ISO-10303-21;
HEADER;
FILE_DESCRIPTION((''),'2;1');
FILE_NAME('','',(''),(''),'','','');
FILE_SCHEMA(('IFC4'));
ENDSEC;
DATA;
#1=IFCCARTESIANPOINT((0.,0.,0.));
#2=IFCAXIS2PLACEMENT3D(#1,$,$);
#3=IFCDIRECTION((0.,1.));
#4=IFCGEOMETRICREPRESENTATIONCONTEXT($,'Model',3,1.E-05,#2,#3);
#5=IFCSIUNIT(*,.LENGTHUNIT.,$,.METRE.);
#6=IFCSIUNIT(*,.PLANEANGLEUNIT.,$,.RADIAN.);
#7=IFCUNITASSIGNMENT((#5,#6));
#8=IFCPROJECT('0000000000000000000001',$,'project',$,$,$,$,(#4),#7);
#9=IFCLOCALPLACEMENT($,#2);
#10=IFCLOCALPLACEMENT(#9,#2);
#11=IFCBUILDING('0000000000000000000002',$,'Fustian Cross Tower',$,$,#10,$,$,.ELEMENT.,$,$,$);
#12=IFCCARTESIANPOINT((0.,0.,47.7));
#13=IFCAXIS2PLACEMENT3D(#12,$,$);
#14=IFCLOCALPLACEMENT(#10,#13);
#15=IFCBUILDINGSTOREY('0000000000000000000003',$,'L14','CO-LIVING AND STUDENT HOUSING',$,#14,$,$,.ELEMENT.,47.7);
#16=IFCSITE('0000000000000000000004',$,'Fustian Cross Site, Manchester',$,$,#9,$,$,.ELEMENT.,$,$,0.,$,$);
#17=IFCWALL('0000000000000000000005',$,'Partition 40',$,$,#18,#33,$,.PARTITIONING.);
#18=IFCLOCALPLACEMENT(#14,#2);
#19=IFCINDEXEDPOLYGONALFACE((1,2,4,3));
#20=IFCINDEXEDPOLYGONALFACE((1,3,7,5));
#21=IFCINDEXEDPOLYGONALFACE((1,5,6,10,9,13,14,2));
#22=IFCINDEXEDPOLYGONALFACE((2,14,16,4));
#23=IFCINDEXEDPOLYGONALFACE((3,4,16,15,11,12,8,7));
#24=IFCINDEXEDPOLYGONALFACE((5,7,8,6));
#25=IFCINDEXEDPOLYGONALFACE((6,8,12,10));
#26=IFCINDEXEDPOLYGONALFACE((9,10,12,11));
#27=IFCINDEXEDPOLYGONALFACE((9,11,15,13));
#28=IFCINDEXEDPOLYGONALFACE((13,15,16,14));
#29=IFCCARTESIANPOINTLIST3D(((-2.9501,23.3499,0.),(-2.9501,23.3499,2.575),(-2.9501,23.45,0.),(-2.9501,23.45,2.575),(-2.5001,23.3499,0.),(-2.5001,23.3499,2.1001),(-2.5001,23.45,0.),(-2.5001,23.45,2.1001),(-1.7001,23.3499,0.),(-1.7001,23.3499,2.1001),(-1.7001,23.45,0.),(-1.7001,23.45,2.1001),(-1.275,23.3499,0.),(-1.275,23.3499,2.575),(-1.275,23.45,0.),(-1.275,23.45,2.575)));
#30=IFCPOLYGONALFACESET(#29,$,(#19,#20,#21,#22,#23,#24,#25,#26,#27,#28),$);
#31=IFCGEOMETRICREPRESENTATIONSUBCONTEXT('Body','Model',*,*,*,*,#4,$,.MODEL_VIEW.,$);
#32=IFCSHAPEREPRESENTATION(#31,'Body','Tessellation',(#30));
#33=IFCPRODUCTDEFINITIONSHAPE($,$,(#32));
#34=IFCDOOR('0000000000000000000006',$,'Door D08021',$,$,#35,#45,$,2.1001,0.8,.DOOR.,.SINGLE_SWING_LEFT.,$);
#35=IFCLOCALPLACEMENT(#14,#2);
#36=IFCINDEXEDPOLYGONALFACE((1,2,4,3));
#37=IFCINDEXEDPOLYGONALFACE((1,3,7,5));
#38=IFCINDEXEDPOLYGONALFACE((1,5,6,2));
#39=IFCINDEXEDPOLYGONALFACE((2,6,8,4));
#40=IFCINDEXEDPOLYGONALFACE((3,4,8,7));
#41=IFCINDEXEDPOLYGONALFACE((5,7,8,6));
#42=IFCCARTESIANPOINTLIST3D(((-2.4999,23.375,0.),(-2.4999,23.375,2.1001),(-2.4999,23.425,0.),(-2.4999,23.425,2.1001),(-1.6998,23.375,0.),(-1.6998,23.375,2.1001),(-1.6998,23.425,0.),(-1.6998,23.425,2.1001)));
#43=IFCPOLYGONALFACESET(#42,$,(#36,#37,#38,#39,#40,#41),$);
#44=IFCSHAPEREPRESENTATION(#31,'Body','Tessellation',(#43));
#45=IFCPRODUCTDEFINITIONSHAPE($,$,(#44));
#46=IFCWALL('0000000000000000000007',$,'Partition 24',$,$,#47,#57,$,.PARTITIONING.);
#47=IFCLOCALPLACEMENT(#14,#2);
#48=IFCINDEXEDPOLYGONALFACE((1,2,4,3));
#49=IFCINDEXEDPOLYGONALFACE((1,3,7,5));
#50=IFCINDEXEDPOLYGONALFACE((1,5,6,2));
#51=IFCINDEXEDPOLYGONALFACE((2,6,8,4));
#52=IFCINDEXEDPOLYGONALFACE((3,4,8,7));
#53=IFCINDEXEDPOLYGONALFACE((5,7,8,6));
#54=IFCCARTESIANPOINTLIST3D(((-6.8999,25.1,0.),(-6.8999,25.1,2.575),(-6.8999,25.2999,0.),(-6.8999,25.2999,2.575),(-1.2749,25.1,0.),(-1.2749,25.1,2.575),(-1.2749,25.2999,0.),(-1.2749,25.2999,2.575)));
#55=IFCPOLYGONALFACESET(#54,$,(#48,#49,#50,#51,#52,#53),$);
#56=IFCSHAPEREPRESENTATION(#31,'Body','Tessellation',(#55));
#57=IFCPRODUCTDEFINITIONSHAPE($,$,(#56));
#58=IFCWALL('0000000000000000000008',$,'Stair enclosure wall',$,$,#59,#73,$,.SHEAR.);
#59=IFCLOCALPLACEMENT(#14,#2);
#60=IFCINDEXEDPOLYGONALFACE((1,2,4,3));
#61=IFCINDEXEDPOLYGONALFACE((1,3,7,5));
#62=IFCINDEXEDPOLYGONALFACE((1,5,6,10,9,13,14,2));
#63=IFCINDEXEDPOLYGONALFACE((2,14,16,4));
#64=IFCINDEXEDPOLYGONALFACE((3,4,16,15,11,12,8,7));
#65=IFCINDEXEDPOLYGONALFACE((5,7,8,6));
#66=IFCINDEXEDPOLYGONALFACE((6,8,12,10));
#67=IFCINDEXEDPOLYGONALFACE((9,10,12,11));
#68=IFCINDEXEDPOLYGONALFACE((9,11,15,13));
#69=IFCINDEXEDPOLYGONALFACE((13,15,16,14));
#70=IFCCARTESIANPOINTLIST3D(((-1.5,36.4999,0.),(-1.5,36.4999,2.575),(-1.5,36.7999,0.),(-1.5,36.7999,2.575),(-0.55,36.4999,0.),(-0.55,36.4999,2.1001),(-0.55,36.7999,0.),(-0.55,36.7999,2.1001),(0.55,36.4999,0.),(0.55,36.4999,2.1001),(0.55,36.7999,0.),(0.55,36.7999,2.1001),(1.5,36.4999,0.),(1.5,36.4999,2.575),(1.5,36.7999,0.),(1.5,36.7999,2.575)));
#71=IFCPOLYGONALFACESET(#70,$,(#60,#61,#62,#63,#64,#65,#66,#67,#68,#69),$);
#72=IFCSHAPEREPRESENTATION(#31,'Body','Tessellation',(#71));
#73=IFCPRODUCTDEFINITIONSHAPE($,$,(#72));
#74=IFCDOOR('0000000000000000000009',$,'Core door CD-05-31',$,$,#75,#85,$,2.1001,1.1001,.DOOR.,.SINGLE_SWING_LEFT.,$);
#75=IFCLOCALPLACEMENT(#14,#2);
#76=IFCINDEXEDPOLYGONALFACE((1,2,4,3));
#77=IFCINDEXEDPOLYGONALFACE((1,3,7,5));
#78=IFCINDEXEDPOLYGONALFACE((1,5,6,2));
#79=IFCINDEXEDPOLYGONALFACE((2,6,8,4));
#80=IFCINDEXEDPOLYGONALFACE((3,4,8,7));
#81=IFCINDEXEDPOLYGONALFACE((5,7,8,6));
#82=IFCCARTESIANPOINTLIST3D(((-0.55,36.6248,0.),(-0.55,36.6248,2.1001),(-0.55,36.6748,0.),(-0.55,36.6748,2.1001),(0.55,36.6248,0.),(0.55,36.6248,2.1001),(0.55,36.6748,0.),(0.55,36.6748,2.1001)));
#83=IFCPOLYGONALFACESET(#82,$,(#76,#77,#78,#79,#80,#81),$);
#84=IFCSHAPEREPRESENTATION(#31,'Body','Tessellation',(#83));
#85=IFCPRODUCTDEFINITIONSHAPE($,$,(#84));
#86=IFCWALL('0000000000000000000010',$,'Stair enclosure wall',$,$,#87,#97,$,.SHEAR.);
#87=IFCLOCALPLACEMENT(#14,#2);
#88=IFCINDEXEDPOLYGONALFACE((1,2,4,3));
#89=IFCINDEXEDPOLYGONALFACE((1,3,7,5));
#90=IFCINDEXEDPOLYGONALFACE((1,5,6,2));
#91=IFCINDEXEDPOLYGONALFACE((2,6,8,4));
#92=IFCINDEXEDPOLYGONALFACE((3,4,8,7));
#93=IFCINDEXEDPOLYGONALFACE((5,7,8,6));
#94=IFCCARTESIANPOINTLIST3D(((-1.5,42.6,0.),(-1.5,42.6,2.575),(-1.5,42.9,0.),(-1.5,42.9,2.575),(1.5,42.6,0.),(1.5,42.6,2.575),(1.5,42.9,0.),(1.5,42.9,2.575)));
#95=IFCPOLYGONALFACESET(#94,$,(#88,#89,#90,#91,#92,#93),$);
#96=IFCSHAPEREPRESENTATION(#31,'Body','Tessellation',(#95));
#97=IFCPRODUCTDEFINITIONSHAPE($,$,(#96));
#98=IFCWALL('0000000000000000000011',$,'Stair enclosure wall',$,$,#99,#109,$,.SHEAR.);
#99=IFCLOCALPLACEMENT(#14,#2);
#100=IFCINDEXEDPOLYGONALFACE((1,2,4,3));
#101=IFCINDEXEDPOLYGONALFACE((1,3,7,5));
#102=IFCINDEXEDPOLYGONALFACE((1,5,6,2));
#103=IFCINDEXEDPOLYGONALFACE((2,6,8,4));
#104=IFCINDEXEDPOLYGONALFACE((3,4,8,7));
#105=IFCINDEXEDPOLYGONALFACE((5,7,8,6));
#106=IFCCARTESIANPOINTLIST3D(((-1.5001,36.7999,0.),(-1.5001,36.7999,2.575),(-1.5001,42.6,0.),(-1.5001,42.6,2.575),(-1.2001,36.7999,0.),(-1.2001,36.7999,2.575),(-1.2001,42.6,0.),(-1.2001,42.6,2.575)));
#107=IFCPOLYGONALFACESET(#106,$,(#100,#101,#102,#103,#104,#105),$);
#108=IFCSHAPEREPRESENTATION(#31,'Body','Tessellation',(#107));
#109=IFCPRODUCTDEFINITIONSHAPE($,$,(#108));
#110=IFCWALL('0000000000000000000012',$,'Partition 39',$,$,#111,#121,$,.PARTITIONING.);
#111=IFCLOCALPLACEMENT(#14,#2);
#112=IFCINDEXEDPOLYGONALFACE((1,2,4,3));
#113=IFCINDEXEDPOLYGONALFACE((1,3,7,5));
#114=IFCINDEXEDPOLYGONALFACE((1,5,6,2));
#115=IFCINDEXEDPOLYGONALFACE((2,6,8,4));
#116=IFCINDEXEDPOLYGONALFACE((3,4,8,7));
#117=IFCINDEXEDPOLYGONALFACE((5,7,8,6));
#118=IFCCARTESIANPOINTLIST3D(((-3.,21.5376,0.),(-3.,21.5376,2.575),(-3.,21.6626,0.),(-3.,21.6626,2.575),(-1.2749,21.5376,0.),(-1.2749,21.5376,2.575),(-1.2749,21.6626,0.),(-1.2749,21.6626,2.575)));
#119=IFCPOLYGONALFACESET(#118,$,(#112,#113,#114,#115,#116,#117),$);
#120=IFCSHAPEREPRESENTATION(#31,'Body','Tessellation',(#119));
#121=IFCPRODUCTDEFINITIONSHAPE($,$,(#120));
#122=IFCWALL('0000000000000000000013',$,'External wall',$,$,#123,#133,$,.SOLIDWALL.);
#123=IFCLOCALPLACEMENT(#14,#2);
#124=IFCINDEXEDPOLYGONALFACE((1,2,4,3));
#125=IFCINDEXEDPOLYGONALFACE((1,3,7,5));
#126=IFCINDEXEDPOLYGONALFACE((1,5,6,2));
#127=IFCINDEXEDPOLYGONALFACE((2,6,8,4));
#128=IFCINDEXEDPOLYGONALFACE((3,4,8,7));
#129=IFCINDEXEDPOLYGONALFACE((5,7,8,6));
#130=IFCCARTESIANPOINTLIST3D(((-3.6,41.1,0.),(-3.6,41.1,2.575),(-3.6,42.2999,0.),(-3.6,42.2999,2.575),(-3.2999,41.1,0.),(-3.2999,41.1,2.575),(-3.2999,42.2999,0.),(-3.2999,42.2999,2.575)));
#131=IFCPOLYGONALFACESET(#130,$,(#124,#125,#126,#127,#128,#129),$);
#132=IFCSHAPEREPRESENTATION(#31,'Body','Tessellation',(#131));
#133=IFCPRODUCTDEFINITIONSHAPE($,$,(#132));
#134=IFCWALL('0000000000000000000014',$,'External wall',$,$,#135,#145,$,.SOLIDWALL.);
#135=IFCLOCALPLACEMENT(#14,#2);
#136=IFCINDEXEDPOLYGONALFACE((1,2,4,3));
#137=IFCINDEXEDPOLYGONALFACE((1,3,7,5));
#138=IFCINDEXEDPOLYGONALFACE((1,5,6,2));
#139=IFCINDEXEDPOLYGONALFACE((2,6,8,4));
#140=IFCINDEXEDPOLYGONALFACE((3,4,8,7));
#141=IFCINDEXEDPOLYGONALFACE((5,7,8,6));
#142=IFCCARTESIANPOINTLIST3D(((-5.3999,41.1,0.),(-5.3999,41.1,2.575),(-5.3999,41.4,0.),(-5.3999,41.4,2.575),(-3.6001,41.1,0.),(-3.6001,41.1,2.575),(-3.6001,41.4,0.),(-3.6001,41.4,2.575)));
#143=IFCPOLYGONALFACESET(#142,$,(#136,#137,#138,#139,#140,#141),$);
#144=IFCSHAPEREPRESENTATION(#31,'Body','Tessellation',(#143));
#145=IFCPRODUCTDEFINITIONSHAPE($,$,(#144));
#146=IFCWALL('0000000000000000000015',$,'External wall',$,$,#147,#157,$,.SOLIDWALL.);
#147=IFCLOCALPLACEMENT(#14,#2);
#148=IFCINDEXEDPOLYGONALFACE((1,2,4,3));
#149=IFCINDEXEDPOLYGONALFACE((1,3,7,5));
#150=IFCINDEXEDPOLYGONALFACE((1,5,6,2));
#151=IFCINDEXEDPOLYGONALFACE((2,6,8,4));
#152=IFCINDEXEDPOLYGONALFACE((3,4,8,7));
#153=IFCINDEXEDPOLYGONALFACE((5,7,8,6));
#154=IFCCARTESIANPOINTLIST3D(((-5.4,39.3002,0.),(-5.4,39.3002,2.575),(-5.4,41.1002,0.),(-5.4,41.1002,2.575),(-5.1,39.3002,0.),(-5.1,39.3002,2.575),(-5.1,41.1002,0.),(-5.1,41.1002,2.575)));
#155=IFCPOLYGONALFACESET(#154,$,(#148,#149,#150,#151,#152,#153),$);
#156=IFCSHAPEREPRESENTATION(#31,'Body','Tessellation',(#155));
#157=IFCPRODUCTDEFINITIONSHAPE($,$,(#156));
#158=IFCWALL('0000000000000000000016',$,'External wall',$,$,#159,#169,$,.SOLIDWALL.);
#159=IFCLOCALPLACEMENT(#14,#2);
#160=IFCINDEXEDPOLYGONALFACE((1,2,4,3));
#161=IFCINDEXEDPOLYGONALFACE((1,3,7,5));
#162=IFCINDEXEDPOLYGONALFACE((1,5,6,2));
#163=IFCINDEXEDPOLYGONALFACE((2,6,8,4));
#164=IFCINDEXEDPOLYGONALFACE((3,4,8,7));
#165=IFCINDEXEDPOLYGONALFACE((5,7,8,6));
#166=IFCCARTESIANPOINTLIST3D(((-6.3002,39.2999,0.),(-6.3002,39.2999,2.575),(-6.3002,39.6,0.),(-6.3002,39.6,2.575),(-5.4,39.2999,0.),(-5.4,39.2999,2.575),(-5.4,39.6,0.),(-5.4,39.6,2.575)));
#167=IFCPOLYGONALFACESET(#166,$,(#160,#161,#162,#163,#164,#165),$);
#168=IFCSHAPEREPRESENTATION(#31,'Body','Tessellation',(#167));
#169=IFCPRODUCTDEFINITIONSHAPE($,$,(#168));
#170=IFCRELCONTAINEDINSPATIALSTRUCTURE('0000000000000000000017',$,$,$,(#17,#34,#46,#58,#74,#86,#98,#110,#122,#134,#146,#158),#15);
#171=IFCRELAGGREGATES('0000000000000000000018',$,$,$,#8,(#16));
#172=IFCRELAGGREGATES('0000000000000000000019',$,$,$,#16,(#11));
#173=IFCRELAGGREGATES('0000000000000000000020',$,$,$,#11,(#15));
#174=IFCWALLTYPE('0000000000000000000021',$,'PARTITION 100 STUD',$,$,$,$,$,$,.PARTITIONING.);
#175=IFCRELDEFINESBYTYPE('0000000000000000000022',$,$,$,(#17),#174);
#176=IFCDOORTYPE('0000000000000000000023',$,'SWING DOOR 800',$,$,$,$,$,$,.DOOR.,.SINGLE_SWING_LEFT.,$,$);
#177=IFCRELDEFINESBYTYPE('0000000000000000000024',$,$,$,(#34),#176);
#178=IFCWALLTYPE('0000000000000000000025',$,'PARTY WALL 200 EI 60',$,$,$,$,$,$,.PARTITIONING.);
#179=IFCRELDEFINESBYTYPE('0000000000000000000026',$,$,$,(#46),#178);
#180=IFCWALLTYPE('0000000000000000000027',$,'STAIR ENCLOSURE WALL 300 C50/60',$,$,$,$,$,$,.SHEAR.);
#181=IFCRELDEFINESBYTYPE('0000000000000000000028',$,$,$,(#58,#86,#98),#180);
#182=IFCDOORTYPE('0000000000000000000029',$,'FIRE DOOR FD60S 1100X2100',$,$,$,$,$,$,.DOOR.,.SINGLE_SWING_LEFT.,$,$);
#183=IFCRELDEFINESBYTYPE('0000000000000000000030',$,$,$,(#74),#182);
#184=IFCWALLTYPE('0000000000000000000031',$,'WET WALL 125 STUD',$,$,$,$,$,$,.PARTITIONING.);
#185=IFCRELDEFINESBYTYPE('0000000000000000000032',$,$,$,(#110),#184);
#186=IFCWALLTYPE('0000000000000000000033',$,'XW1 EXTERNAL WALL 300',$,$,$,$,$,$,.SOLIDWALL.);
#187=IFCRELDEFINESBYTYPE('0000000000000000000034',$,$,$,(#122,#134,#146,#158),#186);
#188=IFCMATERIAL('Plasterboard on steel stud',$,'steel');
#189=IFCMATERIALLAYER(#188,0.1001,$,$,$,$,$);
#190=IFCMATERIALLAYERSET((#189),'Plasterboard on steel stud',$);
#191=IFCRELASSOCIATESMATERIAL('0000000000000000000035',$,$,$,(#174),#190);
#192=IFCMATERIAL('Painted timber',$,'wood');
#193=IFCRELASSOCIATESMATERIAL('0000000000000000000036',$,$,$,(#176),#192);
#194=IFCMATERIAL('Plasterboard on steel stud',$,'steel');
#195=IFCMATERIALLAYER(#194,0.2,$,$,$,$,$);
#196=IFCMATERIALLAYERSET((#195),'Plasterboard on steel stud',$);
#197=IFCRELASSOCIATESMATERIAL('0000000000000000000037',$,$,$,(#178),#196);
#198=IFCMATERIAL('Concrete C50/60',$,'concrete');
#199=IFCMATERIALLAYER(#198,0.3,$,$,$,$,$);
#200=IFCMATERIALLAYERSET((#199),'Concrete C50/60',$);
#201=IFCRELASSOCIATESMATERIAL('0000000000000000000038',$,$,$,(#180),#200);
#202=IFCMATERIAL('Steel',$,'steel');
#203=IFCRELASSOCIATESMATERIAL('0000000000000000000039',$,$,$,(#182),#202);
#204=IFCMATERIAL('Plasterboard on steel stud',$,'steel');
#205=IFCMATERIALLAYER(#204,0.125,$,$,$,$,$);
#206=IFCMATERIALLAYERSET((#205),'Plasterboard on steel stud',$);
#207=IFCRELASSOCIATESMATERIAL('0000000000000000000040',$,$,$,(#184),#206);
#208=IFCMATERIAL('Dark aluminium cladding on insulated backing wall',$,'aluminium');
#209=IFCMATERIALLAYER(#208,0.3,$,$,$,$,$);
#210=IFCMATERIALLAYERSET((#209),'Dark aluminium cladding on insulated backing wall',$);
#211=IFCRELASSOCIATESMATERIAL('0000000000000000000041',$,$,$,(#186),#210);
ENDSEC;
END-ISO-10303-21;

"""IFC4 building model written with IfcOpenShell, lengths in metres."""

from ifc_helpers import new_model, si_unit, direction, frame, frame_2d, origin, place, context, subcontext, project, spatial, rectangle, extrude, material, layer, layer_set, type_object, element, fill, save


model = new_model("IFC4")

# Units and contexts
model_context = context("Model", 3, precision=1e-05, world=origin(), true_north=direction((0.0, 1.0)))
body_context = subcontext(model_context, "Body", "Model", "MODEL_VIEW")
ifc_project = project(units=[si_unit("LENGTHUNIT", "METRE"), si_unit("PLANEANGLEUNIT", "RADIAN")], contexts=[model_context])

# Site, building, storey
site_placement = place(None, origin())
site = spatial("IfcSite", under=ifc_project, at=site_placement, Name="Fustian Cross Site, Manchester", CompositionType="ELEMENT", RefElevation=0.0)
building_placement = place(site_placement, origin())
building = spatial("IfcBuilding", under=site, at=building_placement, Name="Fustian Cross Tower", CompositionType="ELEMENT")
storey_placement = place(building_placement, frame((0.0, 0.0, 47.7)))
storey = spatial("IfcBuildingStorey", under=building, at=storey_placement, Name="L14", Description="CO-LIVING AND STUDENT HOUSING", CompositionType="ELEMENT", Elevation=47.7)

# Shared definitions
ifc_material_1 = material(Name="Plasterboard on steel stud", Category="steel")
ifc_layer_1 = layer(ifc_material_1, 0.1001)
ifc_layer_set_1 = layer_set([ifc_layer_1], Name="Plasterboard on steel stud")
wall_type_1 = type_object("IfcWallType", Name="PARTITION 100 STUD", PredefinedType="PARTITIONING", material=ifc_layer_set_1)

# Shared definitions
ifc_material_2 = material(Name="Painted timber", Category="wood")
door_type_1 = type_object("IfcDoorType", Name="SWING DOOR 800", OperationType="SINGLE_SWING_LEFT", PredefinedType="DOOR", material=ifc_material_2)

# Wall, opening, door
wall_1_placement = place(storey_placement, frame((-2.95, 23.3999, 0.0), z_axis=(0.0, 0.0, 1.0), x_axis=(1.0, 0.0, 0.0)))
wall_1 = element("IfcWall", 1, at=wall_1_placement, inside=storey, type_object=wall_type_1, Name="Partition 40", PredefinedType="PARTITIONING", context=body_context, shape_type="SweptSolid", body=[
    extrude(rectangle(XDim=1.675, YDim=0.1001, at=frame_2d((0.8374, 0.0))), origin(), (0.0, 0.0, 1.0), 2.575),
])
opening_1_placement = place(wall_1_placement, frame((0.45, 0.0, 0.0)))
opening_1 = element("IfcOpeningElement", 2, at=opening_1_placement, cuts=wall_1, PredefinedType="OPENING", context=body_context, shape_type="SweptSolid", body=[
    extrude(rectangle(XDim=0.8, YDim=2.1001, at=frame_2d((0.3999, 1.05))), frame((0.0, 0.0601, 0.0), z_axis=(0.0, -1.0, 0.0), x_axis=(1.0, 0.0, 0.0)), (0.0, 0.0, 1.0), 0.1201),
])
door_1_placement = place(opening_1_placement, frame((0.8, 0.0, 0.0), z_axis=(0.0, 0.0, 1.0), x_axis=(-1.0, 0.0, 0.0)))
door_1 = element("IfcDoor", 3, at=door_1_placement, inside=storey, type_object=door_type_1, Name="Door D08021", OperationType="SINGLE_SWING_LEFT", OverallHeight=2.1001, OverallWidth=0.8, PredefinedType="DOOR", context=body_context, shape_type="SweptSolid", body=[
    extrude(rectangle(XDim=0.8, YDim=2.1001, at=frame_2d((0.3999, 1.05))), frame((0.0, 0.0249, 0.0), z_axis=(0.0, -1.0, 0.0), x_axis=(1.0, 0.0, 0.0)), (0.0, 0.0, 1.0), 0.05),
])
fill(opening_1, door_1)

# Wall
ifc_material_3 = material(Name="Plasterboard on steel stud", Category="steel")
ifc_layer_2 = layer(ifc_material_3, 0.2)
ifc_layer_set_2 = layer_set([ifc_layer_2], Name="Plasterboard on steel stud")
wall_type_2 = type_object("IfcWallType", Name="PARTY WALL 200 EI 60", PredefinedType="PARTITIONING", material=ifc_layer_set_2)
wall_2_placement = place(storey_placement, frame((-6.8999, 25.2, 0.0), z_axis=(0.0, 0.0, 1.0), x_axis=(1.0, 0.0, 0.0)))
element("IfcWall", 4, at=wall_2_placement, inside=storey, type_object=wall_type_2, Name="Partition 24", PredefinedType="PARTITIONING", context=body_context, shape_type="SweptSolid", body=[
    extrude(rectangle(XDim=5.625, YDim=0.2, at=frame_2d((2.8125, 0.0))), origin(), (0.0, 0.0, 1.0), 2.575),
])

# Wall, opening, door
ifc_material_4 = material(Name="Concrete C50/60", Category="concrete")
ifc_layer_3 = layer(ifc_material_4, 0.3)
ifc_layer_set_3 = layer_set([ifc_layer_3], Name="Concrete C50/60")
wall_type_3 = type_object("IfcWallType", Name="STAIR ENCLOSURE WALL 300 C50/60", PredefinedType="SHEAR", material=ifc_layer_set_3)
wall_3_placement = place(storey_placement, frame((-1.5, 36.6499, 0.0), z_axis=(0.0, 0.0, 1.0), x_axis=(1.0, 0.0, 0.0)))
wall_3 = element("IfcWall", 5, at=wall_3_placement, inside=storey, type_object=wall_type_3, Name="Stair enclosure wall", PredefinedType="SHEAR", context=body_context, shape_type="SweptSolid", body=[
    extrude(rectangle(XDim=3.0, YDim=0.3, at=frame_2d((1.5, 0.0))), origin(), (0.0, 0.0, 1.0), 2.575),
])
opening_2_placement = place(wall_3_placement, frame((0.95, 0.0, 0.0)))
opening_2 = element("IfcOpeningElement", 6, at=opening_2_placement, cuts=wall_3, PredefinedType="OPENING", context=body_context, shape_type="SweptSolid", body=[
    extrude(rectangle(XDim=1.1001, YDim=2.1001, at=frame_2d((0.55, 1.05))), frame((0.0, 0.1599, 0.0), z_axis=(0.0, -1.0, 0.0), x_axis=(1.0, 0.0, 0.0)), (0.0, 0.0, 1.0), 0.3201),
])
ifc_material_5 = material(Name="Steel", Category="steel")
door_type_2 = type_object("IfcDoorType", Name="FIRE DOOR FD60S 1100X2100", OperationType="SINGLE_SWING_LEFT", PredefinedType="DOOR", material=ifc_material_5)
door_2_placement = place(opening_2_placement, origin())
door_2 = element("IfcDoor", 7, at=door_2_placement, inside=storey, type_object=door_type_2, Name="Core door CD-05-31", OperationType="SINGLE_SWING_LEFT", OverallHeight=2.1001, OverallWidth=1.1001, PredefinedType="DOOR", context=body_context, shape_type="SweptSolid", body=[
    extrude(rectangle(XDim=1.1001, YDim=2.1001, at=frame_2d((0.55, 1.05))), frame((0.0, 0.0249, 0.0), z_axis=(0.0, -1.0, 0.0), x_axis=(1.0, 0.0, 0.0)), (0.0, 0.0, 1.0), 0.05),
])
fill(opening_2, door_2)

# Walls
wall_4_placement = place(storey_placement, frame((-1.5, 42.75, 0.0), z_axis=(0.0, 0.0, 1.0), x_axis=(1.0, 0.0, 0.0)))
element("IfcWall", 8, at=wall_4_placement, inside=storey, type_object=wall_type_3, Name="Stair enclosure wall", PredefinedType="SHEAR", context=body_context, shape_type="SweptSolid", body=[
    extrude(rectangle(XDim=3.0, YDim=0.3, at=frame_2d((1.5, 0.0))), origin(), (0.0, 0.0, 1.0), 2.575),
])
wall_5_placement = place(storey_placement, frame((-1.3501, 36.8, 0.0), z_axis=(0.0, 0.0, 1.0), x_axis=(0.0, 1.0, 0.0)))
element("IfcWall", 9, at=wall_5_placement, inside=storey, type_object=wall_type_3, Name="Stair enclosure wall", PredefinedType="SHEAR", context=body_context, shape_type="SweptSolid", body=[
    extrude(rectangle(XDim=5.8, YDim=0.3, at=frame_2d((2.8999, 0.0))), origin(), (0.0, 0.0, 1.0), 2.575),
])
ifc_material_6 = material(Name="Plasterboard on steel stud", Category="steel")
ifc_layer_4 = layer(ifc_material_6, 0.125)
ifc_layer_set_4 = layer_set([ifc_layer_4], Name="Plasterboard on steel stud")
wall_type_4 = type_object("IfcWallType", Name="WET WALL 125 STUD", PredefinedType="PARTITIONING", material=ifc_layer_set_4)
wall_6_placement = place(storey_placement, frame((-3.0, 21.6001, 0.0), z_axis=(0.0, 0.0, 1.0), x_axis=(1.0, 0.0, 0.0)))
element("IfcWall", 10, at=wall_6_placement, inside=storey, type_object=wall_type_4, Name="Partition 39", PredefinedType="PARTITIONING", context=body_context, shape_type="SweptSolid", body=[
    extrude(rectangle(XDim=1.7251, YDim=0.125, at=frame_2d((0.8625, 0.0))), origin(), (0.0, 0.0, 1.0), 2.575),
])
ifc_material_7 = material(Name="Dark aluminium cladding on insulated backing wall", Category="aluminium")
ifc_layer_5 = layer(ifc_material_7, 0.3)
ifc_layer_set_5 = layer_set([ifc_layer_5], Name="Dark aluminium cladding on insulated backing wall")
wall_type_5 = type_object("IfcWallType", Name="XW1 EXTERNAL WALL 300", PredefinedType="SOLIDWALL", material=ifc_layer_set_5)
wall_7_placement = place(storey_placement, frame((-3.45, 42.3, 0.0), z_axis=(0.0, 0.0, 1.0), x_axis=(0.0, -1.0, 0.0)))
element("IfcWall", 11, at=wall_7_placement, inside=storey, type_object=wall_type_5, Name="External wall", PredefinedType="SOLIDWALL", context=body_context, shape_type="SweptSolid", body=[
    extrude(rectangle(XDim=1.2, YDim=0.3, at=frame_2d((0.6001, 0.0))), origin(), (0.0, 0.0, 1.0), 2.575),
])
wall_8_placement = place(storey_placement, frame((-3.6001, 41.25, 0.0), z_axis=(0.0, 0.0, 1.0), x_axis=(-1.0, 0.0, 0.0)))
element("IfcWall", 12, at=wall_8_placement, inside=storey, type_object=wall_type_5, Name="External wall", PredefinedType="SOLIDWALL", context=body_context, shape_type="SweptSolid", body=[
    extrude(rectangle(XDim=1.7998, YDim=0.3, at=frame_2d((0.8999, 0.0))), origin(), (0.0, 0.0, 1.0), 2.575),
])
wall_9_placement = place(storey_placement, frame((-5.25, 41.1001, 0.0), z_axis=(0.0, 0.0, 1.0), x_axis=(0.0, -1.0, 0.0)))
element("IfcWall", 13, at=wall_9_placement, inside=storey, type_object=wall_type_5, Name="External wall", PredefinedType="SOLIDWALL", context=body_context, shape_type="SweptSolid", body=[
    extrude(rectangle(XDim=1.8, YDim=0.3, at=frame_2d((0.8999, 0.0))), origin(), (0.0, 0.0, 1.0), 2.575),
])
wall_10_placement = place(storey_placement, frame((-5.3999, 39.45, 0.0), z_axis=(0.0, 0.0, 1.0), x_axis=(-1.0, 0.0, 0.0)))
element("IfcWall", 14, at=wall_10_placement, inside=storey, type_object=wall_type_5, Name="External wall", PredefinedType="SOLIDWALL", context=body_context, shape_type="SweptSolid", body=[
    extrude(rectangle(XDim=0.9001, YDim=0.3, at=frame_2d((0.4502, 0.0))), origin(), (0.0, 0.0, 1.0), 2.575),
])

save(model, "model.ifc")
